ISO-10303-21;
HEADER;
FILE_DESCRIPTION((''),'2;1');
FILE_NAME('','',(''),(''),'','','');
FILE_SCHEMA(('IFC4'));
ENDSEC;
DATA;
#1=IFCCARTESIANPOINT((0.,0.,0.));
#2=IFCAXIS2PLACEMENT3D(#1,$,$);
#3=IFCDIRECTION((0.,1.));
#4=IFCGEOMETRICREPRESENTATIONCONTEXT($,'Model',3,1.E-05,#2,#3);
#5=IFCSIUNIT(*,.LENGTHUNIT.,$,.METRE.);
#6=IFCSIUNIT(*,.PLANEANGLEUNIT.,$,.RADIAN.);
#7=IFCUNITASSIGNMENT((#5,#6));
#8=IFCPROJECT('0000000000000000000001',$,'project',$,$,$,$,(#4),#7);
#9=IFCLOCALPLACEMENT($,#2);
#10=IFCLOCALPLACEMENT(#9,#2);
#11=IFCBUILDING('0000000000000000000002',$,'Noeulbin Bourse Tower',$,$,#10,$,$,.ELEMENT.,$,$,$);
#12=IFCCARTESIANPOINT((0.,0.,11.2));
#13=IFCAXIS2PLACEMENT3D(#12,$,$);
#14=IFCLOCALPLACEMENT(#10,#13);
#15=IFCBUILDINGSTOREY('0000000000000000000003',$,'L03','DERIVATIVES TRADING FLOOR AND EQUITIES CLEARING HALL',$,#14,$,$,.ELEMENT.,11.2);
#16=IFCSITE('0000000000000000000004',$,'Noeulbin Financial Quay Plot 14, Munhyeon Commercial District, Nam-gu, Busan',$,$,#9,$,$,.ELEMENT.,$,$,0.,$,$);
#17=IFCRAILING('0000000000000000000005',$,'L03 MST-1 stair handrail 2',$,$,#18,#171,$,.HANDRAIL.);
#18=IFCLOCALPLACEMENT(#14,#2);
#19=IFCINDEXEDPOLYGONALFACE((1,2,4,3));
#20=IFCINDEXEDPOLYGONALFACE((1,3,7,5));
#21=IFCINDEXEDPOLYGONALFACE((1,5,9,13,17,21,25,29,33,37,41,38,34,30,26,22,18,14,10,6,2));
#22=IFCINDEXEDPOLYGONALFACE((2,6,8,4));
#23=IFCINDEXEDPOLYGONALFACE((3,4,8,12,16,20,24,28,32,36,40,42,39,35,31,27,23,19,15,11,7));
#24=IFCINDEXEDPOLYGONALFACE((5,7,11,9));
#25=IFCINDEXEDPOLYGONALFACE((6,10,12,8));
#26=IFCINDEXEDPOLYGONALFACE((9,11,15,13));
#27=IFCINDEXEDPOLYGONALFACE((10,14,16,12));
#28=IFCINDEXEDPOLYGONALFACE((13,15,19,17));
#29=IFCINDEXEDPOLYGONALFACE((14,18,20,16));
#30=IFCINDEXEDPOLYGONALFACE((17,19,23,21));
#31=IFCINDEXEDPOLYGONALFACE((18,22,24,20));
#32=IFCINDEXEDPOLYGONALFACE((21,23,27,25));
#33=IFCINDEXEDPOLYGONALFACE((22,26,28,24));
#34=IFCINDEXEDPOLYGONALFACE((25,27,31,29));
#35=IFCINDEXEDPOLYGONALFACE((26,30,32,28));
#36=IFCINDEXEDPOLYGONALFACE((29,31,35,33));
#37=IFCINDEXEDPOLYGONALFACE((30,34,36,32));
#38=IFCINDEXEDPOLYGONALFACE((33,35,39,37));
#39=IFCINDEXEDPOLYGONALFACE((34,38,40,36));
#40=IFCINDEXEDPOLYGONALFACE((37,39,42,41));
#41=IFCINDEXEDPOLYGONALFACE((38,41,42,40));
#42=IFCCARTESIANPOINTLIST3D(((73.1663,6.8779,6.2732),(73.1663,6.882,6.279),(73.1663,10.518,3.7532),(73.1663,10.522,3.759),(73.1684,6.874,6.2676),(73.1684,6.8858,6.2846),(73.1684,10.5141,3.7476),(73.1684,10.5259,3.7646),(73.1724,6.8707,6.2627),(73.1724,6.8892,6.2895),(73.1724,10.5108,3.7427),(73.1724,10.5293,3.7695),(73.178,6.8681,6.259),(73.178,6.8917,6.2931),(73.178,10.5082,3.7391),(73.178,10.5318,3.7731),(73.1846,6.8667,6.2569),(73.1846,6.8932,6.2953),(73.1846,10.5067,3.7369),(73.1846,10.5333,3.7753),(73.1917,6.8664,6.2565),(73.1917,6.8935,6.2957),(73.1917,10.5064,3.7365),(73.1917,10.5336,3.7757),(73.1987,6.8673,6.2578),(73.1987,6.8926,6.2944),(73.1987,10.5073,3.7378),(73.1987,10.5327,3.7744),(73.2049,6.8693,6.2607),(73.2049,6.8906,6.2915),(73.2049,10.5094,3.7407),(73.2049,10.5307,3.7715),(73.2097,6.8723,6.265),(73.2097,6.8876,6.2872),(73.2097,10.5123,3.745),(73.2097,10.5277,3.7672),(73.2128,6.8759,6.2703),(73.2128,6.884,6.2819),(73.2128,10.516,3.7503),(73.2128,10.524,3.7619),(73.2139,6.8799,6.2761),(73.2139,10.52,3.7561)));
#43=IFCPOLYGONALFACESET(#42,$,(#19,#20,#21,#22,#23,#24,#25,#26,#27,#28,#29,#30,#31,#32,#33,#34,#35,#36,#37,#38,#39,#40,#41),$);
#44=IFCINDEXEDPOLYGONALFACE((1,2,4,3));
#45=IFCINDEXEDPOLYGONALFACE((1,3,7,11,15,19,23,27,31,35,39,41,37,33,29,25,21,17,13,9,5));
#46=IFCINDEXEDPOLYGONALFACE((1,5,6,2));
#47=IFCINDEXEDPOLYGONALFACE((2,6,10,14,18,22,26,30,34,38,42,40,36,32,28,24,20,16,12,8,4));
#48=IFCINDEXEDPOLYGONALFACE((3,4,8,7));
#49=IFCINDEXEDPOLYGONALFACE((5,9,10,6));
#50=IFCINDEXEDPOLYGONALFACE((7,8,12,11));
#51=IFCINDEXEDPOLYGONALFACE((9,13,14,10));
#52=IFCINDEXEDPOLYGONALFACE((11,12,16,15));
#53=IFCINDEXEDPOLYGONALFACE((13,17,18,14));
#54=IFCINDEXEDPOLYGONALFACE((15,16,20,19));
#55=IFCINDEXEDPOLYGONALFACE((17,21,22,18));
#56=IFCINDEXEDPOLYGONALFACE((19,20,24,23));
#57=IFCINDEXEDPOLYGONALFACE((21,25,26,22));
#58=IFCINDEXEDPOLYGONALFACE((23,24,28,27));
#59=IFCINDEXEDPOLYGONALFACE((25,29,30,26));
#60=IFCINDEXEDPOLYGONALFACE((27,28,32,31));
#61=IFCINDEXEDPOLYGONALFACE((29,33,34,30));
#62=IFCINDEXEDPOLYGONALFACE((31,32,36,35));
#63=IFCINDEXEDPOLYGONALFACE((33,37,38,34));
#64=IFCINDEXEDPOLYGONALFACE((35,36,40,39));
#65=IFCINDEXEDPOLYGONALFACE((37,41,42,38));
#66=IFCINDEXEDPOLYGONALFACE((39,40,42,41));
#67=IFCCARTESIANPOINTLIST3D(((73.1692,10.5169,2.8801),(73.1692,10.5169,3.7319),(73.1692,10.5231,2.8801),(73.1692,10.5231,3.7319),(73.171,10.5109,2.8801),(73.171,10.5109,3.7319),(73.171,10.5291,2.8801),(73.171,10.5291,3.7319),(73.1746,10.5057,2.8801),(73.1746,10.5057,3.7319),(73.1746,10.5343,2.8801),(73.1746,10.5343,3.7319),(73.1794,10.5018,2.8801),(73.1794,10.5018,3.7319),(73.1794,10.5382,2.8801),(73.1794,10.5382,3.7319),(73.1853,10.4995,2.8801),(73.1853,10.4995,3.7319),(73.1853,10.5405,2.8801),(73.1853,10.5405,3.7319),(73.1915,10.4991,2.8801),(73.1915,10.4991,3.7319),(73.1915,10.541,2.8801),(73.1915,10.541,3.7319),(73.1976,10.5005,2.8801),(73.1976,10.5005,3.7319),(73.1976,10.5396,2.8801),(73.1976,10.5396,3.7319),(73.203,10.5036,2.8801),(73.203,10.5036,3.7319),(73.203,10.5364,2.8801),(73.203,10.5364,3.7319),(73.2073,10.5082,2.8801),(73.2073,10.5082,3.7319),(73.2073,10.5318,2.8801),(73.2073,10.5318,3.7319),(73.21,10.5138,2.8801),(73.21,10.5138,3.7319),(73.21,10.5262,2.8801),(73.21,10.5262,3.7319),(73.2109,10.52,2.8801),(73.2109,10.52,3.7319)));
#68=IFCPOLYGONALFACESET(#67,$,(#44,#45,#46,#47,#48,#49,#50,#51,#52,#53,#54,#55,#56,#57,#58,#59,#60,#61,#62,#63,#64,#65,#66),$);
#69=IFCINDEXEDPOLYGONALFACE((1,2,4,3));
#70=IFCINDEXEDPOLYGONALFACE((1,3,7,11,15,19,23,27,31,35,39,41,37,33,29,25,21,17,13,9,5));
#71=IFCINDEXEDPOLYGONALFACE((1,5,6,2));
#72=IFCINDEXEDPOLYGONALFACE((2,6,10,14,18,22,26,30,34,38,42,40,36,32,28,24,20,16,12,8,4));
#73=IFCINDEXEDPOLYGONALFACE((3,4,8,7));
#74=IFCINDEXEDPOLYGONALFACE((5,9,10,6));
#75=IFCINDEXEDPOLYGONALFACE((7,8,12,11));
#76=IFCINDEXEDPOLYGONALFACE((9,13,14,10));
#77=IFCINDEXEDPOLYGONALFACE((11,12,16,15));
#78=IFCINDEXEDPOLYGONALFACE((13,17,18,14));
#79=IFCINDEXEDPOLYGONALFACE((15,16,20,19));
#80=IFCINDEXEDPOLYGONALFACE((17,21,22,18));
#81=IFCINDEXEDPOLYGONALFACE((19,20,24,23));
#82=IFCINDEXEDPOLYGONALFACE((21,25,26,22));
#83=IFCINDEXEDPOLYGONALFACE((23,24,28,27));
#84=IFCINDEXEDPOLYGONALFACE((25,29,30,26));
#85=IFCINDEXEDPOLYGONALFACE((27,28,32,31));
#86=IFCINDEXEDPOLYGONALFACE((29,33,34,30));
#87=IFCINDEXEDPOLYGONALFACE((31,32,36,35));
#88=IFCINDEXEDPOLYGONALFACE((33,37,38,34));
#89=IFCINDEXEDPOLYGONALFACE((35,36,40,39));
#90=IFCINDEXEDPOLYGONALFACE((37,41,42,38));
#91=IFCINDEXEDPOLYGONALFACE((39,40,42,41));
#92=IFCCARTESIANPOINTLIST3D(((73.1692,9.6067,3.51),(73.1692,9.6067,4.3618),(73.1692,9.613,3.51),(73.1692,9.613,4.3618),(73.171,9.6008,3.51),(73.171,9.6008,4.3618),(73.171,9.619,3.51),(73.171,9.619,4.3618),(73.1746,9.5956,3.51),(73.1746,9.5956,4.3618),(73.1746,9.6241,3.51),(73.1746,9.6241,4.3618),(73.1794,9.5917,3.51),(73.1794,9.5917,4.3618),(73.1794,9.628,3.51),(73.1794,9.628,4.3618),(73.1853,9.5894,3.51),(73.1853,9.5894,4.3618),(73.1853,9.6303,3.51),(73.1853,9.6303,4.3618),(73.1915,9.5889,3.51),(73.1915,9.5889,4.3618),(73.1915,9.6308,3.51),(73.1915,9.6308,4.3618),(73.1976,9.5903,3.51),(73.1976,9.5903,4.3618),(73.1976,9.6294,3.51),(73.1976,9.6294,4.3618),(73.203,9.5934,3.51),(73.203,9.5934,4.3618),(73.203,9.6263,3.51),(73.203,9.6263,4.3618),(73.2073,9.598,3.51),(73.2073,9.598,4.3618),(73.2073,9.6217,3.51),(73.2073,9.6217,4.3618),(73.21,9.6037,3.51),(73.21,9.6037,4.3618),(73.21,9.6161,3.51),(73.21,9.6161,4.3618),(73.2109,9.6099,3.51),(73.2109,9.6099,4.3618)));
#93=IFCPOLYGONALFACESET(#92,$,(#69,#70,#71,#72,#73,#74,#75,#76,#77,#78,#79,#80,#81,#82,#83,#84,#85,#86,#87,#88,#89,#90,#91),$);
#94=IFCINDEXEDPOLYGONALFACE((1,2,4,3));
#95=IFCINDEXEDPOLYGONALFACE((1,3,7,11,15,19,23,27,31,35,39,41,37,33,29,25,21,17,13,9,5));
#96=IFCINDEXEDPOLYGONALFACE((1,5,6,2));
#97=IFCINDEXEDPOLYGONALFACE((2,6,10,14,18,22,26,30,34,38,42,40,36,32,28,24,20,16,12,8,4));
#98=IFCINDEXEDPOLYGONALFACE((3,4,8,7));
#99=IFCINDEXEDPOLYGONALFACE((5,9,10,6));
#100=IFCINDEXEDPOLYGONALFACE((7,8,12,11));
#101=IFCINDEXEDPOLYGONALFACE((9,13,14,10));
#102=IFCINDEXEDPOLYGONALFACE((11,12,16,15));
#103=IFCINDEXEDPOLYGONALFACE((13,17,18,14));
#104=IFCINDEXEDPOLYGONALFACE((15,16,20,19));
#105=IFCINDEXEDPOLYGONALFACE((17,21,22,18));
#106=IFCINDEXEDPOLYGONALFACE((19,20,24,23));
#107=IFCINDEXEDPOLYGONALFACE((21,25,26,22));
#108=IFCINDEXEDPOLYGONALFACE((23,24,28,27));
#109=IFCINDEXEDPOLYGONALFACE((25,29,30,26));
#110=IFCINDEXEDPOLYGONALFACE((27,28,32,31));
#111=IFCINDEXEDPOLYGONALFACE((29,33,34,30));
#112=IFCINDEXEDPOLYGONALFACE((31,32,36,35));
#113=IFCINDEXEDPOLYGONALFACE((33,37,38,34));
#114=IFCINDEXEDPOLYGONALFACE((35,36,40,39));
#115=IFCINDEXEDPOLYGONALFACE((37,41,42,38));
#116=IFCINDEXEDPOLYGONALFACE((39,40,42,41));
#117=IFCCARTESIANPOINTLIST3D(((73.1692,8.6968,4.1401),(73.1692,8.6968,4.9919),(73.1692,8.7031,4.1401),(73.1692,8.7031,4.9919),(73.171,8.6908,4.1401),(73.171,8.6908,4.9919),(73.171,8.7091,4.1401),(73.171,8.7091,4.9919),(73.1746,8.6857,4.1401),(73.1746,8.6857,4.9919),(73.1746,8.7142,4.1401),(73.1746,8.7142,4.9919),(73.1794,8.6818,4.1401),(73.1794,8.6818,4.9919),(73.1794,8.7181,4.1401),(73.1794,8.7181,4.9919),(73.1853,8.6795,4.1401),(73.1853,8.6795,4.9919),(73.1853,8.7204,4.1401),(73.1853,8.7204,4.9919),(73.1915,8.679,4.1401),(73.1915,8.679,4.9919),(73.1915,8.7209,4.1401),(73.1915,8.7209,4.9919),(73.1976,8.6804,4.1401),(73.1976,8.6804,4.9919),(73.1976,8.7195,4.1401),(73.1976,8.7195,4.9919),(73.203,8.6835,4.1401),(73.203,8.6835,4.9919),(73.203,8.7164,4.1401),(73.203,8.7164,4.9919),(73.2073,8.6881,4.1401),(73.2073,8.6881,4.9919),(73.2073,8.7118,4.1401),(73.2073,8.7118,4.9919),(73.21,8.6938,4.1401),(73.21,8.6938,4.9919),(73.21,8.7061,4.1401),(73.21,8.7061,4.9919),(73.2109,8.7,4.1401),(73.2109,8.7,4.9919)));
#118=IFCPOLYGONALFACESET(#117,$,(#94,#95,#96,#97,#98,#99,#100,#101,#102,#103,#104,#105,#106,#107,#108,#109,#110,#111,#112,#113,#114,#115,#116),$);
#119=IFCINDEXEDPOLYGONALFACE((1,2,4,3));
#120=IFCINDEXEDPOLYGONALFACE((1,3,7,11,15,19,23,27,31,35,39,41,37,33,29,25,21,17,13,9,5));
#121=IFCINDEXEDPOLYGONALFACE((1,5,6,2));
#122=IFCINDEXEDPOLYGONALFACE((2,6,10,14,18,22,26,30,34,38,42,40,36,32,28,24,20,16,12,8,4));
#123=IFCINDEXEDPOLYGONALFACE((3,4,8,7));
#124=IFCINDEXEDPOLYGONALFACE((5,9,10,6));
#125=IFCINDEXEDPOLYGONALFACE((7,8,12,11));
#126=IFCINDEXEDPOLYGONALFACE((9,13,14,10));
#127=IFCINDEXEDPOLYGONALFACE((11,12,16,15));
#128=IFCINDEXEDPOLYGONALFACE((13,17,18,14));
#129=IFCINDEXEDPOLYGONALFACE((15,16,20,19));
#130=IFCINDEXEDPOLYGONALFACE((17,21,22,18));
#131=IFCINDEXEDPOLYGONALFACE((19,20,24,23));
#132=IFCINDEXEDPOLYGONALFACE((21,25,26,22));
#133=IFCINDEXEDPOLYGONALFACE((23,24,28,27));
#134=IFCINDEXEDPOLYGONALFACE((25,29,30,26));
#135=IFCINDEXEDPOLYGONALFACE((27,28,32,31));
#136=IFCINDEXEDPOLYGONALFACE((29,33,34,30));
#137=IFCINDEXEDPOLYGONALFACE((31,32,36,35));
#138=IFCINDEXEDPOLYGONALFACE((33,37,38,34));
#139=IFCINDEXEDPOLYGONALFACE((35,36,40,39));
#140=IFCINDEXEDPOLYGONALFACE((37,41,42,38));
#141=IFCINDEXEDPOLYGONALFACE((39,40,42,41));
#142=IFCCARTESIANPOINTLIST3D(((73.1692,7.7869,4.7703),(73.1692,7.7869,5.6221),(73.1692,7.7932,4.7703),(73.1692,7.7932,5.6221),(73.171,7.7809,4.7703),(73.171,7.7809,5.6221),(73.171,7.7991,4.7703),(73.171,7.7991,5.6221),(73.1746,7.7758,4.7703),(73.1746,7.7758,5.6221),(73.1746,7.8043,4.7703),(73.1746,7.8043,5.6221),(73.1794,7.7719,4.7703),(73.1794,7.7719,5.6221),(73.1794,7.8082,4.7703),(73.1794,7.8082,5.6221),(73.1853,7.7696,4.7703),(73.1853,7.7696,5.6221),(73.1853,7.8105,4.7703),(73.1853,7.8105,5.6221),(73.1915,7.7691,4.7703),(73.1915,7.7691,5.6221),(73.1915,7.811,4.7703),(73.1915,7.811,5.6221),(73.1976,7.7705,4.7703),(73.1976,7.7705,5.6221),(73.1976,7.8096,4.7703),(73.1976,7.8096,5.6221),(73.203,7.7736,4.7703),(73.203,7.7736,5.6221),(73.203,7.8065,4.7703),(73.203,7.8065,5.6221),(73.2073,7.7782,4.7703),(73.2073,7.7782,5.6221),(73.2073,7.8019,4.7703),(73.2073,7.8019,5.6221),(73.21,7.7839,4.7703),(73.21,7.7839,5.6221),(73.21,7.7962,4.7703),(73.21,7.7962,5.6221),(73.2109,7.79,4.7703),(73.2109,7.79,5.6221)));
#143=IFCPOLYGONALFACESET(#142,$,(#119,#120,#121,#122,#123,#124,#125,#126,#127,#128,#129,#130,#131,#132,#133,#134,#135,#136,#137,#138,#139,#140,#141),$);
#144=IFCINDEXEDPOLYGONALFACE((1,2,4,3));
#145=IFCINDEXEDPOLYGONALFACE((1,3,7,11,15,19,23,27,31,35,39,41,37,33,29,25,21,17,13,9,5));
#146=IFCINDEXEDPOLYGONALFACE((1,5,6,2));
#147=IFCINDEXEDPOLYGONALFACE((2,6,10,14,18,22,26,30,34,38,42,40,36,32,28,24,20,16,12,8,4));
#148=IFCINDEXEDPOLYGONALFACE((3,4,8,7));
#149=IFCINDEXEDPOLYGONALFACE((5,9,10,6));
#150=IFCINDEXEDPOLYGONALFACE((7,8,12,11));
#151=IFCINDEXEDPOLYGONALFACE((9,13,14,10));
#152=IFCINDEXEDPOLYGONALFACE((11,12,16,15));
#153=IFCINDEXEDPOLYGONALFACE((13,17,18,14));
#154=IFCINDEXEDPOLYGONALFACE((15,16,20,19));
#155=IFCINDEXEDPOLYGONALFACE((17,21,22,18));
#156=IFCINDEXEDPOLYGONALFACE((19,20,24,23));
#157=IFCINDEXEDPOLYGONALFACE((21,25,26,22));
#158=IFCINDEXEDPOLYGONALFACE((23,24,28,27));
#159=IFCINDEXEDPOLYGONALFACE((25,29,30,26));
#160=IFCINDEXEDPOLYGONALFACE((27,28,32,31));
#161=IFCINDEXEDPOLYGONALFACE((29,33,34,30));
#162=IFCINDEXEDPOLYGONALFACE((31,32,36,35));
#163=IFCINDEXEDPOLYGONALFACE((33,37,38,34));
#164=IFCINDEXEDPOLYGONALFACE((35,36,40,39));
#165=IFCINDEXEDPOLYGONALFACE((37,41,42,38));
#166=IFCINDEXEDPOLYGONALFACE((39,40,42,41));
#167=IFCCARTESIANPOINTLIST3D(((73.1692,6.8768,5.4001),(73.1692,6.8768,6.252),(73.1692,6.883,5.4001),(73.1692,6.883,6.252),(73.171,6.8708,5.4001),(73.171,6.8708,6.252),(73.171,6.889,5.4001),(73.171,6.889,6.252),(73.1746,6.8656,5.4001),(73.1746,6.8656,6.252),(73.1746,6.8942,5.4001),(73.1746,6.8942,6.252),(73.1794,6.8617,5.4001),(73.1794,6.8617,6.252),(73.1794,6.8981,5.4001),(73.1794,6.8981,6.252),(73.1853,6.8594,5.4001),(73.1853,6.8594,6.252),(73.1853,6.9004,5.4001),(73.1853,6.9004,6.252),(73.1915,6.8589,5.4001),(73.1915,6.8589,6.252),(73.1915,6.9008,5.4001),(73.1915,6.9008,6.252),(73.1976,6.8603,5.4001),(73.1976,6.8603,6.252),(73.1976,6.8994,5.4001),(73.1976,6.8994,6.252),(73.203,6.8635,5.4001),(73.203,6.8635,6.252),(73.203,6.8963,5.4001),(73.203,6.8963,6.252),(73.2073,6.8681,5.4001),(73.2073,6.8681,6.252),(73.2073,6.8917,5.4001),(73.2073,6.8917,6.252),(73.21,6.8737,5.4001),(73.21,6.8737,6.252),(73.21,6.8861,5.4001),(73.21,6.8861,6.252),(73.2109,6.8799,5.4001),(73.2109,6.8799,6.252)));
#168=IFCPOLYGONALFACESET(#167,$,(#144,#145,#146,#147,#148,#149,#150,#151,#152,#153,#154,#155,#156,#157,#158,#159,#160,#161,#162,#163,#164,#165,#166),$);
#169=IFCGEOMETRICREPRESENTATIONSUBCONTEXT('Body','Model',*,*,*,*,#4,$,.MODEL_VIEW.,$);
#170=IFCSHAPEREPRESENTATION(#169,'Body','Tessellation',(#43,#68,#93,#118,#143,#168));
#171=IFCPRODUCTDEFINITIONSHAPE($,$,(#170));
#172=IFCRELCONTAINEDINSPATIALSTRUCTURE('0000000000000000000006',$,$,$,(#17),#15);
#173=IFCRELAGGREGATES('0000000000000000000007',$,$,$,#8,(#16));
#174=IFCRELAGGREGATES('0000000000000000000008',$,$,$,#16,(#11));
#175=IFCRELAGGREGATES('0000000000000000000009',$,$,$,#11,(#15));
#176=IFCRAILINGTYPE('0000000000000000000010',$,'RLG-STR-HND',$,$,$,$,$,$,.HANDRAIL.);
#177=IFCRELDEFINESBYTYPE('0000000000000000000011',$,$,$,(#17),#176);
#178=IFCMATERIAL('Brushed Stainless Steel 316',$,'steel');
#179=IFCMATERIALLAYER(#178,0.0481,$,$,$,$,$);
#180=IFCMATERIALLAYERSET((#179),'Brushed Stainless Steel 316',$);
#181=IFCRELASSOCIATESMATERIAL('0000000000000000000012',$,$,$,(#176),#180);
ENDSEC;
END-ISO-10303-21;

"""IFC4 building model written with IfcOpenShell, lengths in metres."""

from ifc_helpers import new_model, si_unit, direction, frame, origin, origin_2d, place, context, subcontext, project, spatial, circle, extrude, material, layer, layer_set, type_object, element, save


model = new_model("IFC4")

# Units and contexts
model_context = context("Model", 3, precision=1e-05, world=origin(), true_north=direction((0.0, 1.0)))
body_context = subcontext(model_context, "Body", "Model", "MODEL_VIEW")
ifc_project = project(units=[si_unit("LENGTHUNIT", "METRE"), si_unit("PLANEANGLEUNIT", "RADIAN")], contexts=[model_context])

# Site, building, storey
site_placement = place(None, origin())
site = spatial("IfcSite", under=ifc_project, at=site_placement, Name="Noeulbin Financial Quay Plot 14, Munhyeon Commercial District, Nam-gu, Busan", CompositionType="ELEMENT", RefElevation=0.0)
building_placement = place(site_placement, origin())
building = spatial("IfcBuilding", under=site, at=building_placement, Name="Noeulbin Bourse Tower", CompositionType="ELEMENT")
storey_placement = place(building_placement, frame((0.0, 0.0, 11.2)))
storey = spatial("IfcBuildingStorey", under=building, at=storey_placement, Name="L03", Description="DERIVATIVES TRADING FLOOR AND EQUITIES CLEARING HALL", CompositionType="ELEMENT", Elevation=11.2)

# Railing
ifc_material_1 = material(Name="Brushed Stainless Steel 316", Category="steel")
ifc_layer_1 = layer(ifc_material_1, 0.0481)
ifc_layer_set_1 = layer_set([ifc_layer_1], Name="Brushed Stainless Steel 316")
railing_type_1 = type_object("IfcRailingType", Name="RLG-STR-HND", PredefinedType="HANDRAIL", material=ifc_layer_set_1)
railing_1_placement = place(storey_placement, frame((73.1899, 10.52, 2.8801)))
element("IfcRailing", 1, at=railing_1_placement, inside=storey, type_object=railing_type_1, Name="L03 MST-1 stair handrail 2", PredefinedType="HANDRAIL", context=body_context, shape_type="SweptSolid", body=[
    extrude(circle(Radius=0.0239, at=origin_2d()), frame((0.0, 0.0, 0.876), z_axis=(0.0, -0.8222, 0.569199), x_axis=(1.0, 0.0, 0.0)), (0.0, 0.0, 1.0), 4.4272),
    extrude(circle(Radius=0.021, at=origin_2d()), origin(), (0.0, 0.0, 1.0), 0.8518),
    extrude(circle(Radius=0.021, at=origin_2d()), frame((0.0, -0.9102, 0.6299)), (0.0, 0.0, 1.0), 0.8518),
    extrude(circle(Radius=0.021, at=origin_2d()), frame((0.0, -1.8201, 1.26)), (0.0, 0.0, 1.0), 0.8518),
    extrude(circle(Radius=0.021, at=origin_2d()), frame((0.0, -2.73, 1.8901)), (0.0, 0.0, 1.0), 0.8518),
    extrude(circle(Radius=0.021, at=origin_2d()), frame((0.0, -3.6401, 2.52)), (0.0, 0.0, 1.0), 0.8518),
])

save(model, "model.ifc")
